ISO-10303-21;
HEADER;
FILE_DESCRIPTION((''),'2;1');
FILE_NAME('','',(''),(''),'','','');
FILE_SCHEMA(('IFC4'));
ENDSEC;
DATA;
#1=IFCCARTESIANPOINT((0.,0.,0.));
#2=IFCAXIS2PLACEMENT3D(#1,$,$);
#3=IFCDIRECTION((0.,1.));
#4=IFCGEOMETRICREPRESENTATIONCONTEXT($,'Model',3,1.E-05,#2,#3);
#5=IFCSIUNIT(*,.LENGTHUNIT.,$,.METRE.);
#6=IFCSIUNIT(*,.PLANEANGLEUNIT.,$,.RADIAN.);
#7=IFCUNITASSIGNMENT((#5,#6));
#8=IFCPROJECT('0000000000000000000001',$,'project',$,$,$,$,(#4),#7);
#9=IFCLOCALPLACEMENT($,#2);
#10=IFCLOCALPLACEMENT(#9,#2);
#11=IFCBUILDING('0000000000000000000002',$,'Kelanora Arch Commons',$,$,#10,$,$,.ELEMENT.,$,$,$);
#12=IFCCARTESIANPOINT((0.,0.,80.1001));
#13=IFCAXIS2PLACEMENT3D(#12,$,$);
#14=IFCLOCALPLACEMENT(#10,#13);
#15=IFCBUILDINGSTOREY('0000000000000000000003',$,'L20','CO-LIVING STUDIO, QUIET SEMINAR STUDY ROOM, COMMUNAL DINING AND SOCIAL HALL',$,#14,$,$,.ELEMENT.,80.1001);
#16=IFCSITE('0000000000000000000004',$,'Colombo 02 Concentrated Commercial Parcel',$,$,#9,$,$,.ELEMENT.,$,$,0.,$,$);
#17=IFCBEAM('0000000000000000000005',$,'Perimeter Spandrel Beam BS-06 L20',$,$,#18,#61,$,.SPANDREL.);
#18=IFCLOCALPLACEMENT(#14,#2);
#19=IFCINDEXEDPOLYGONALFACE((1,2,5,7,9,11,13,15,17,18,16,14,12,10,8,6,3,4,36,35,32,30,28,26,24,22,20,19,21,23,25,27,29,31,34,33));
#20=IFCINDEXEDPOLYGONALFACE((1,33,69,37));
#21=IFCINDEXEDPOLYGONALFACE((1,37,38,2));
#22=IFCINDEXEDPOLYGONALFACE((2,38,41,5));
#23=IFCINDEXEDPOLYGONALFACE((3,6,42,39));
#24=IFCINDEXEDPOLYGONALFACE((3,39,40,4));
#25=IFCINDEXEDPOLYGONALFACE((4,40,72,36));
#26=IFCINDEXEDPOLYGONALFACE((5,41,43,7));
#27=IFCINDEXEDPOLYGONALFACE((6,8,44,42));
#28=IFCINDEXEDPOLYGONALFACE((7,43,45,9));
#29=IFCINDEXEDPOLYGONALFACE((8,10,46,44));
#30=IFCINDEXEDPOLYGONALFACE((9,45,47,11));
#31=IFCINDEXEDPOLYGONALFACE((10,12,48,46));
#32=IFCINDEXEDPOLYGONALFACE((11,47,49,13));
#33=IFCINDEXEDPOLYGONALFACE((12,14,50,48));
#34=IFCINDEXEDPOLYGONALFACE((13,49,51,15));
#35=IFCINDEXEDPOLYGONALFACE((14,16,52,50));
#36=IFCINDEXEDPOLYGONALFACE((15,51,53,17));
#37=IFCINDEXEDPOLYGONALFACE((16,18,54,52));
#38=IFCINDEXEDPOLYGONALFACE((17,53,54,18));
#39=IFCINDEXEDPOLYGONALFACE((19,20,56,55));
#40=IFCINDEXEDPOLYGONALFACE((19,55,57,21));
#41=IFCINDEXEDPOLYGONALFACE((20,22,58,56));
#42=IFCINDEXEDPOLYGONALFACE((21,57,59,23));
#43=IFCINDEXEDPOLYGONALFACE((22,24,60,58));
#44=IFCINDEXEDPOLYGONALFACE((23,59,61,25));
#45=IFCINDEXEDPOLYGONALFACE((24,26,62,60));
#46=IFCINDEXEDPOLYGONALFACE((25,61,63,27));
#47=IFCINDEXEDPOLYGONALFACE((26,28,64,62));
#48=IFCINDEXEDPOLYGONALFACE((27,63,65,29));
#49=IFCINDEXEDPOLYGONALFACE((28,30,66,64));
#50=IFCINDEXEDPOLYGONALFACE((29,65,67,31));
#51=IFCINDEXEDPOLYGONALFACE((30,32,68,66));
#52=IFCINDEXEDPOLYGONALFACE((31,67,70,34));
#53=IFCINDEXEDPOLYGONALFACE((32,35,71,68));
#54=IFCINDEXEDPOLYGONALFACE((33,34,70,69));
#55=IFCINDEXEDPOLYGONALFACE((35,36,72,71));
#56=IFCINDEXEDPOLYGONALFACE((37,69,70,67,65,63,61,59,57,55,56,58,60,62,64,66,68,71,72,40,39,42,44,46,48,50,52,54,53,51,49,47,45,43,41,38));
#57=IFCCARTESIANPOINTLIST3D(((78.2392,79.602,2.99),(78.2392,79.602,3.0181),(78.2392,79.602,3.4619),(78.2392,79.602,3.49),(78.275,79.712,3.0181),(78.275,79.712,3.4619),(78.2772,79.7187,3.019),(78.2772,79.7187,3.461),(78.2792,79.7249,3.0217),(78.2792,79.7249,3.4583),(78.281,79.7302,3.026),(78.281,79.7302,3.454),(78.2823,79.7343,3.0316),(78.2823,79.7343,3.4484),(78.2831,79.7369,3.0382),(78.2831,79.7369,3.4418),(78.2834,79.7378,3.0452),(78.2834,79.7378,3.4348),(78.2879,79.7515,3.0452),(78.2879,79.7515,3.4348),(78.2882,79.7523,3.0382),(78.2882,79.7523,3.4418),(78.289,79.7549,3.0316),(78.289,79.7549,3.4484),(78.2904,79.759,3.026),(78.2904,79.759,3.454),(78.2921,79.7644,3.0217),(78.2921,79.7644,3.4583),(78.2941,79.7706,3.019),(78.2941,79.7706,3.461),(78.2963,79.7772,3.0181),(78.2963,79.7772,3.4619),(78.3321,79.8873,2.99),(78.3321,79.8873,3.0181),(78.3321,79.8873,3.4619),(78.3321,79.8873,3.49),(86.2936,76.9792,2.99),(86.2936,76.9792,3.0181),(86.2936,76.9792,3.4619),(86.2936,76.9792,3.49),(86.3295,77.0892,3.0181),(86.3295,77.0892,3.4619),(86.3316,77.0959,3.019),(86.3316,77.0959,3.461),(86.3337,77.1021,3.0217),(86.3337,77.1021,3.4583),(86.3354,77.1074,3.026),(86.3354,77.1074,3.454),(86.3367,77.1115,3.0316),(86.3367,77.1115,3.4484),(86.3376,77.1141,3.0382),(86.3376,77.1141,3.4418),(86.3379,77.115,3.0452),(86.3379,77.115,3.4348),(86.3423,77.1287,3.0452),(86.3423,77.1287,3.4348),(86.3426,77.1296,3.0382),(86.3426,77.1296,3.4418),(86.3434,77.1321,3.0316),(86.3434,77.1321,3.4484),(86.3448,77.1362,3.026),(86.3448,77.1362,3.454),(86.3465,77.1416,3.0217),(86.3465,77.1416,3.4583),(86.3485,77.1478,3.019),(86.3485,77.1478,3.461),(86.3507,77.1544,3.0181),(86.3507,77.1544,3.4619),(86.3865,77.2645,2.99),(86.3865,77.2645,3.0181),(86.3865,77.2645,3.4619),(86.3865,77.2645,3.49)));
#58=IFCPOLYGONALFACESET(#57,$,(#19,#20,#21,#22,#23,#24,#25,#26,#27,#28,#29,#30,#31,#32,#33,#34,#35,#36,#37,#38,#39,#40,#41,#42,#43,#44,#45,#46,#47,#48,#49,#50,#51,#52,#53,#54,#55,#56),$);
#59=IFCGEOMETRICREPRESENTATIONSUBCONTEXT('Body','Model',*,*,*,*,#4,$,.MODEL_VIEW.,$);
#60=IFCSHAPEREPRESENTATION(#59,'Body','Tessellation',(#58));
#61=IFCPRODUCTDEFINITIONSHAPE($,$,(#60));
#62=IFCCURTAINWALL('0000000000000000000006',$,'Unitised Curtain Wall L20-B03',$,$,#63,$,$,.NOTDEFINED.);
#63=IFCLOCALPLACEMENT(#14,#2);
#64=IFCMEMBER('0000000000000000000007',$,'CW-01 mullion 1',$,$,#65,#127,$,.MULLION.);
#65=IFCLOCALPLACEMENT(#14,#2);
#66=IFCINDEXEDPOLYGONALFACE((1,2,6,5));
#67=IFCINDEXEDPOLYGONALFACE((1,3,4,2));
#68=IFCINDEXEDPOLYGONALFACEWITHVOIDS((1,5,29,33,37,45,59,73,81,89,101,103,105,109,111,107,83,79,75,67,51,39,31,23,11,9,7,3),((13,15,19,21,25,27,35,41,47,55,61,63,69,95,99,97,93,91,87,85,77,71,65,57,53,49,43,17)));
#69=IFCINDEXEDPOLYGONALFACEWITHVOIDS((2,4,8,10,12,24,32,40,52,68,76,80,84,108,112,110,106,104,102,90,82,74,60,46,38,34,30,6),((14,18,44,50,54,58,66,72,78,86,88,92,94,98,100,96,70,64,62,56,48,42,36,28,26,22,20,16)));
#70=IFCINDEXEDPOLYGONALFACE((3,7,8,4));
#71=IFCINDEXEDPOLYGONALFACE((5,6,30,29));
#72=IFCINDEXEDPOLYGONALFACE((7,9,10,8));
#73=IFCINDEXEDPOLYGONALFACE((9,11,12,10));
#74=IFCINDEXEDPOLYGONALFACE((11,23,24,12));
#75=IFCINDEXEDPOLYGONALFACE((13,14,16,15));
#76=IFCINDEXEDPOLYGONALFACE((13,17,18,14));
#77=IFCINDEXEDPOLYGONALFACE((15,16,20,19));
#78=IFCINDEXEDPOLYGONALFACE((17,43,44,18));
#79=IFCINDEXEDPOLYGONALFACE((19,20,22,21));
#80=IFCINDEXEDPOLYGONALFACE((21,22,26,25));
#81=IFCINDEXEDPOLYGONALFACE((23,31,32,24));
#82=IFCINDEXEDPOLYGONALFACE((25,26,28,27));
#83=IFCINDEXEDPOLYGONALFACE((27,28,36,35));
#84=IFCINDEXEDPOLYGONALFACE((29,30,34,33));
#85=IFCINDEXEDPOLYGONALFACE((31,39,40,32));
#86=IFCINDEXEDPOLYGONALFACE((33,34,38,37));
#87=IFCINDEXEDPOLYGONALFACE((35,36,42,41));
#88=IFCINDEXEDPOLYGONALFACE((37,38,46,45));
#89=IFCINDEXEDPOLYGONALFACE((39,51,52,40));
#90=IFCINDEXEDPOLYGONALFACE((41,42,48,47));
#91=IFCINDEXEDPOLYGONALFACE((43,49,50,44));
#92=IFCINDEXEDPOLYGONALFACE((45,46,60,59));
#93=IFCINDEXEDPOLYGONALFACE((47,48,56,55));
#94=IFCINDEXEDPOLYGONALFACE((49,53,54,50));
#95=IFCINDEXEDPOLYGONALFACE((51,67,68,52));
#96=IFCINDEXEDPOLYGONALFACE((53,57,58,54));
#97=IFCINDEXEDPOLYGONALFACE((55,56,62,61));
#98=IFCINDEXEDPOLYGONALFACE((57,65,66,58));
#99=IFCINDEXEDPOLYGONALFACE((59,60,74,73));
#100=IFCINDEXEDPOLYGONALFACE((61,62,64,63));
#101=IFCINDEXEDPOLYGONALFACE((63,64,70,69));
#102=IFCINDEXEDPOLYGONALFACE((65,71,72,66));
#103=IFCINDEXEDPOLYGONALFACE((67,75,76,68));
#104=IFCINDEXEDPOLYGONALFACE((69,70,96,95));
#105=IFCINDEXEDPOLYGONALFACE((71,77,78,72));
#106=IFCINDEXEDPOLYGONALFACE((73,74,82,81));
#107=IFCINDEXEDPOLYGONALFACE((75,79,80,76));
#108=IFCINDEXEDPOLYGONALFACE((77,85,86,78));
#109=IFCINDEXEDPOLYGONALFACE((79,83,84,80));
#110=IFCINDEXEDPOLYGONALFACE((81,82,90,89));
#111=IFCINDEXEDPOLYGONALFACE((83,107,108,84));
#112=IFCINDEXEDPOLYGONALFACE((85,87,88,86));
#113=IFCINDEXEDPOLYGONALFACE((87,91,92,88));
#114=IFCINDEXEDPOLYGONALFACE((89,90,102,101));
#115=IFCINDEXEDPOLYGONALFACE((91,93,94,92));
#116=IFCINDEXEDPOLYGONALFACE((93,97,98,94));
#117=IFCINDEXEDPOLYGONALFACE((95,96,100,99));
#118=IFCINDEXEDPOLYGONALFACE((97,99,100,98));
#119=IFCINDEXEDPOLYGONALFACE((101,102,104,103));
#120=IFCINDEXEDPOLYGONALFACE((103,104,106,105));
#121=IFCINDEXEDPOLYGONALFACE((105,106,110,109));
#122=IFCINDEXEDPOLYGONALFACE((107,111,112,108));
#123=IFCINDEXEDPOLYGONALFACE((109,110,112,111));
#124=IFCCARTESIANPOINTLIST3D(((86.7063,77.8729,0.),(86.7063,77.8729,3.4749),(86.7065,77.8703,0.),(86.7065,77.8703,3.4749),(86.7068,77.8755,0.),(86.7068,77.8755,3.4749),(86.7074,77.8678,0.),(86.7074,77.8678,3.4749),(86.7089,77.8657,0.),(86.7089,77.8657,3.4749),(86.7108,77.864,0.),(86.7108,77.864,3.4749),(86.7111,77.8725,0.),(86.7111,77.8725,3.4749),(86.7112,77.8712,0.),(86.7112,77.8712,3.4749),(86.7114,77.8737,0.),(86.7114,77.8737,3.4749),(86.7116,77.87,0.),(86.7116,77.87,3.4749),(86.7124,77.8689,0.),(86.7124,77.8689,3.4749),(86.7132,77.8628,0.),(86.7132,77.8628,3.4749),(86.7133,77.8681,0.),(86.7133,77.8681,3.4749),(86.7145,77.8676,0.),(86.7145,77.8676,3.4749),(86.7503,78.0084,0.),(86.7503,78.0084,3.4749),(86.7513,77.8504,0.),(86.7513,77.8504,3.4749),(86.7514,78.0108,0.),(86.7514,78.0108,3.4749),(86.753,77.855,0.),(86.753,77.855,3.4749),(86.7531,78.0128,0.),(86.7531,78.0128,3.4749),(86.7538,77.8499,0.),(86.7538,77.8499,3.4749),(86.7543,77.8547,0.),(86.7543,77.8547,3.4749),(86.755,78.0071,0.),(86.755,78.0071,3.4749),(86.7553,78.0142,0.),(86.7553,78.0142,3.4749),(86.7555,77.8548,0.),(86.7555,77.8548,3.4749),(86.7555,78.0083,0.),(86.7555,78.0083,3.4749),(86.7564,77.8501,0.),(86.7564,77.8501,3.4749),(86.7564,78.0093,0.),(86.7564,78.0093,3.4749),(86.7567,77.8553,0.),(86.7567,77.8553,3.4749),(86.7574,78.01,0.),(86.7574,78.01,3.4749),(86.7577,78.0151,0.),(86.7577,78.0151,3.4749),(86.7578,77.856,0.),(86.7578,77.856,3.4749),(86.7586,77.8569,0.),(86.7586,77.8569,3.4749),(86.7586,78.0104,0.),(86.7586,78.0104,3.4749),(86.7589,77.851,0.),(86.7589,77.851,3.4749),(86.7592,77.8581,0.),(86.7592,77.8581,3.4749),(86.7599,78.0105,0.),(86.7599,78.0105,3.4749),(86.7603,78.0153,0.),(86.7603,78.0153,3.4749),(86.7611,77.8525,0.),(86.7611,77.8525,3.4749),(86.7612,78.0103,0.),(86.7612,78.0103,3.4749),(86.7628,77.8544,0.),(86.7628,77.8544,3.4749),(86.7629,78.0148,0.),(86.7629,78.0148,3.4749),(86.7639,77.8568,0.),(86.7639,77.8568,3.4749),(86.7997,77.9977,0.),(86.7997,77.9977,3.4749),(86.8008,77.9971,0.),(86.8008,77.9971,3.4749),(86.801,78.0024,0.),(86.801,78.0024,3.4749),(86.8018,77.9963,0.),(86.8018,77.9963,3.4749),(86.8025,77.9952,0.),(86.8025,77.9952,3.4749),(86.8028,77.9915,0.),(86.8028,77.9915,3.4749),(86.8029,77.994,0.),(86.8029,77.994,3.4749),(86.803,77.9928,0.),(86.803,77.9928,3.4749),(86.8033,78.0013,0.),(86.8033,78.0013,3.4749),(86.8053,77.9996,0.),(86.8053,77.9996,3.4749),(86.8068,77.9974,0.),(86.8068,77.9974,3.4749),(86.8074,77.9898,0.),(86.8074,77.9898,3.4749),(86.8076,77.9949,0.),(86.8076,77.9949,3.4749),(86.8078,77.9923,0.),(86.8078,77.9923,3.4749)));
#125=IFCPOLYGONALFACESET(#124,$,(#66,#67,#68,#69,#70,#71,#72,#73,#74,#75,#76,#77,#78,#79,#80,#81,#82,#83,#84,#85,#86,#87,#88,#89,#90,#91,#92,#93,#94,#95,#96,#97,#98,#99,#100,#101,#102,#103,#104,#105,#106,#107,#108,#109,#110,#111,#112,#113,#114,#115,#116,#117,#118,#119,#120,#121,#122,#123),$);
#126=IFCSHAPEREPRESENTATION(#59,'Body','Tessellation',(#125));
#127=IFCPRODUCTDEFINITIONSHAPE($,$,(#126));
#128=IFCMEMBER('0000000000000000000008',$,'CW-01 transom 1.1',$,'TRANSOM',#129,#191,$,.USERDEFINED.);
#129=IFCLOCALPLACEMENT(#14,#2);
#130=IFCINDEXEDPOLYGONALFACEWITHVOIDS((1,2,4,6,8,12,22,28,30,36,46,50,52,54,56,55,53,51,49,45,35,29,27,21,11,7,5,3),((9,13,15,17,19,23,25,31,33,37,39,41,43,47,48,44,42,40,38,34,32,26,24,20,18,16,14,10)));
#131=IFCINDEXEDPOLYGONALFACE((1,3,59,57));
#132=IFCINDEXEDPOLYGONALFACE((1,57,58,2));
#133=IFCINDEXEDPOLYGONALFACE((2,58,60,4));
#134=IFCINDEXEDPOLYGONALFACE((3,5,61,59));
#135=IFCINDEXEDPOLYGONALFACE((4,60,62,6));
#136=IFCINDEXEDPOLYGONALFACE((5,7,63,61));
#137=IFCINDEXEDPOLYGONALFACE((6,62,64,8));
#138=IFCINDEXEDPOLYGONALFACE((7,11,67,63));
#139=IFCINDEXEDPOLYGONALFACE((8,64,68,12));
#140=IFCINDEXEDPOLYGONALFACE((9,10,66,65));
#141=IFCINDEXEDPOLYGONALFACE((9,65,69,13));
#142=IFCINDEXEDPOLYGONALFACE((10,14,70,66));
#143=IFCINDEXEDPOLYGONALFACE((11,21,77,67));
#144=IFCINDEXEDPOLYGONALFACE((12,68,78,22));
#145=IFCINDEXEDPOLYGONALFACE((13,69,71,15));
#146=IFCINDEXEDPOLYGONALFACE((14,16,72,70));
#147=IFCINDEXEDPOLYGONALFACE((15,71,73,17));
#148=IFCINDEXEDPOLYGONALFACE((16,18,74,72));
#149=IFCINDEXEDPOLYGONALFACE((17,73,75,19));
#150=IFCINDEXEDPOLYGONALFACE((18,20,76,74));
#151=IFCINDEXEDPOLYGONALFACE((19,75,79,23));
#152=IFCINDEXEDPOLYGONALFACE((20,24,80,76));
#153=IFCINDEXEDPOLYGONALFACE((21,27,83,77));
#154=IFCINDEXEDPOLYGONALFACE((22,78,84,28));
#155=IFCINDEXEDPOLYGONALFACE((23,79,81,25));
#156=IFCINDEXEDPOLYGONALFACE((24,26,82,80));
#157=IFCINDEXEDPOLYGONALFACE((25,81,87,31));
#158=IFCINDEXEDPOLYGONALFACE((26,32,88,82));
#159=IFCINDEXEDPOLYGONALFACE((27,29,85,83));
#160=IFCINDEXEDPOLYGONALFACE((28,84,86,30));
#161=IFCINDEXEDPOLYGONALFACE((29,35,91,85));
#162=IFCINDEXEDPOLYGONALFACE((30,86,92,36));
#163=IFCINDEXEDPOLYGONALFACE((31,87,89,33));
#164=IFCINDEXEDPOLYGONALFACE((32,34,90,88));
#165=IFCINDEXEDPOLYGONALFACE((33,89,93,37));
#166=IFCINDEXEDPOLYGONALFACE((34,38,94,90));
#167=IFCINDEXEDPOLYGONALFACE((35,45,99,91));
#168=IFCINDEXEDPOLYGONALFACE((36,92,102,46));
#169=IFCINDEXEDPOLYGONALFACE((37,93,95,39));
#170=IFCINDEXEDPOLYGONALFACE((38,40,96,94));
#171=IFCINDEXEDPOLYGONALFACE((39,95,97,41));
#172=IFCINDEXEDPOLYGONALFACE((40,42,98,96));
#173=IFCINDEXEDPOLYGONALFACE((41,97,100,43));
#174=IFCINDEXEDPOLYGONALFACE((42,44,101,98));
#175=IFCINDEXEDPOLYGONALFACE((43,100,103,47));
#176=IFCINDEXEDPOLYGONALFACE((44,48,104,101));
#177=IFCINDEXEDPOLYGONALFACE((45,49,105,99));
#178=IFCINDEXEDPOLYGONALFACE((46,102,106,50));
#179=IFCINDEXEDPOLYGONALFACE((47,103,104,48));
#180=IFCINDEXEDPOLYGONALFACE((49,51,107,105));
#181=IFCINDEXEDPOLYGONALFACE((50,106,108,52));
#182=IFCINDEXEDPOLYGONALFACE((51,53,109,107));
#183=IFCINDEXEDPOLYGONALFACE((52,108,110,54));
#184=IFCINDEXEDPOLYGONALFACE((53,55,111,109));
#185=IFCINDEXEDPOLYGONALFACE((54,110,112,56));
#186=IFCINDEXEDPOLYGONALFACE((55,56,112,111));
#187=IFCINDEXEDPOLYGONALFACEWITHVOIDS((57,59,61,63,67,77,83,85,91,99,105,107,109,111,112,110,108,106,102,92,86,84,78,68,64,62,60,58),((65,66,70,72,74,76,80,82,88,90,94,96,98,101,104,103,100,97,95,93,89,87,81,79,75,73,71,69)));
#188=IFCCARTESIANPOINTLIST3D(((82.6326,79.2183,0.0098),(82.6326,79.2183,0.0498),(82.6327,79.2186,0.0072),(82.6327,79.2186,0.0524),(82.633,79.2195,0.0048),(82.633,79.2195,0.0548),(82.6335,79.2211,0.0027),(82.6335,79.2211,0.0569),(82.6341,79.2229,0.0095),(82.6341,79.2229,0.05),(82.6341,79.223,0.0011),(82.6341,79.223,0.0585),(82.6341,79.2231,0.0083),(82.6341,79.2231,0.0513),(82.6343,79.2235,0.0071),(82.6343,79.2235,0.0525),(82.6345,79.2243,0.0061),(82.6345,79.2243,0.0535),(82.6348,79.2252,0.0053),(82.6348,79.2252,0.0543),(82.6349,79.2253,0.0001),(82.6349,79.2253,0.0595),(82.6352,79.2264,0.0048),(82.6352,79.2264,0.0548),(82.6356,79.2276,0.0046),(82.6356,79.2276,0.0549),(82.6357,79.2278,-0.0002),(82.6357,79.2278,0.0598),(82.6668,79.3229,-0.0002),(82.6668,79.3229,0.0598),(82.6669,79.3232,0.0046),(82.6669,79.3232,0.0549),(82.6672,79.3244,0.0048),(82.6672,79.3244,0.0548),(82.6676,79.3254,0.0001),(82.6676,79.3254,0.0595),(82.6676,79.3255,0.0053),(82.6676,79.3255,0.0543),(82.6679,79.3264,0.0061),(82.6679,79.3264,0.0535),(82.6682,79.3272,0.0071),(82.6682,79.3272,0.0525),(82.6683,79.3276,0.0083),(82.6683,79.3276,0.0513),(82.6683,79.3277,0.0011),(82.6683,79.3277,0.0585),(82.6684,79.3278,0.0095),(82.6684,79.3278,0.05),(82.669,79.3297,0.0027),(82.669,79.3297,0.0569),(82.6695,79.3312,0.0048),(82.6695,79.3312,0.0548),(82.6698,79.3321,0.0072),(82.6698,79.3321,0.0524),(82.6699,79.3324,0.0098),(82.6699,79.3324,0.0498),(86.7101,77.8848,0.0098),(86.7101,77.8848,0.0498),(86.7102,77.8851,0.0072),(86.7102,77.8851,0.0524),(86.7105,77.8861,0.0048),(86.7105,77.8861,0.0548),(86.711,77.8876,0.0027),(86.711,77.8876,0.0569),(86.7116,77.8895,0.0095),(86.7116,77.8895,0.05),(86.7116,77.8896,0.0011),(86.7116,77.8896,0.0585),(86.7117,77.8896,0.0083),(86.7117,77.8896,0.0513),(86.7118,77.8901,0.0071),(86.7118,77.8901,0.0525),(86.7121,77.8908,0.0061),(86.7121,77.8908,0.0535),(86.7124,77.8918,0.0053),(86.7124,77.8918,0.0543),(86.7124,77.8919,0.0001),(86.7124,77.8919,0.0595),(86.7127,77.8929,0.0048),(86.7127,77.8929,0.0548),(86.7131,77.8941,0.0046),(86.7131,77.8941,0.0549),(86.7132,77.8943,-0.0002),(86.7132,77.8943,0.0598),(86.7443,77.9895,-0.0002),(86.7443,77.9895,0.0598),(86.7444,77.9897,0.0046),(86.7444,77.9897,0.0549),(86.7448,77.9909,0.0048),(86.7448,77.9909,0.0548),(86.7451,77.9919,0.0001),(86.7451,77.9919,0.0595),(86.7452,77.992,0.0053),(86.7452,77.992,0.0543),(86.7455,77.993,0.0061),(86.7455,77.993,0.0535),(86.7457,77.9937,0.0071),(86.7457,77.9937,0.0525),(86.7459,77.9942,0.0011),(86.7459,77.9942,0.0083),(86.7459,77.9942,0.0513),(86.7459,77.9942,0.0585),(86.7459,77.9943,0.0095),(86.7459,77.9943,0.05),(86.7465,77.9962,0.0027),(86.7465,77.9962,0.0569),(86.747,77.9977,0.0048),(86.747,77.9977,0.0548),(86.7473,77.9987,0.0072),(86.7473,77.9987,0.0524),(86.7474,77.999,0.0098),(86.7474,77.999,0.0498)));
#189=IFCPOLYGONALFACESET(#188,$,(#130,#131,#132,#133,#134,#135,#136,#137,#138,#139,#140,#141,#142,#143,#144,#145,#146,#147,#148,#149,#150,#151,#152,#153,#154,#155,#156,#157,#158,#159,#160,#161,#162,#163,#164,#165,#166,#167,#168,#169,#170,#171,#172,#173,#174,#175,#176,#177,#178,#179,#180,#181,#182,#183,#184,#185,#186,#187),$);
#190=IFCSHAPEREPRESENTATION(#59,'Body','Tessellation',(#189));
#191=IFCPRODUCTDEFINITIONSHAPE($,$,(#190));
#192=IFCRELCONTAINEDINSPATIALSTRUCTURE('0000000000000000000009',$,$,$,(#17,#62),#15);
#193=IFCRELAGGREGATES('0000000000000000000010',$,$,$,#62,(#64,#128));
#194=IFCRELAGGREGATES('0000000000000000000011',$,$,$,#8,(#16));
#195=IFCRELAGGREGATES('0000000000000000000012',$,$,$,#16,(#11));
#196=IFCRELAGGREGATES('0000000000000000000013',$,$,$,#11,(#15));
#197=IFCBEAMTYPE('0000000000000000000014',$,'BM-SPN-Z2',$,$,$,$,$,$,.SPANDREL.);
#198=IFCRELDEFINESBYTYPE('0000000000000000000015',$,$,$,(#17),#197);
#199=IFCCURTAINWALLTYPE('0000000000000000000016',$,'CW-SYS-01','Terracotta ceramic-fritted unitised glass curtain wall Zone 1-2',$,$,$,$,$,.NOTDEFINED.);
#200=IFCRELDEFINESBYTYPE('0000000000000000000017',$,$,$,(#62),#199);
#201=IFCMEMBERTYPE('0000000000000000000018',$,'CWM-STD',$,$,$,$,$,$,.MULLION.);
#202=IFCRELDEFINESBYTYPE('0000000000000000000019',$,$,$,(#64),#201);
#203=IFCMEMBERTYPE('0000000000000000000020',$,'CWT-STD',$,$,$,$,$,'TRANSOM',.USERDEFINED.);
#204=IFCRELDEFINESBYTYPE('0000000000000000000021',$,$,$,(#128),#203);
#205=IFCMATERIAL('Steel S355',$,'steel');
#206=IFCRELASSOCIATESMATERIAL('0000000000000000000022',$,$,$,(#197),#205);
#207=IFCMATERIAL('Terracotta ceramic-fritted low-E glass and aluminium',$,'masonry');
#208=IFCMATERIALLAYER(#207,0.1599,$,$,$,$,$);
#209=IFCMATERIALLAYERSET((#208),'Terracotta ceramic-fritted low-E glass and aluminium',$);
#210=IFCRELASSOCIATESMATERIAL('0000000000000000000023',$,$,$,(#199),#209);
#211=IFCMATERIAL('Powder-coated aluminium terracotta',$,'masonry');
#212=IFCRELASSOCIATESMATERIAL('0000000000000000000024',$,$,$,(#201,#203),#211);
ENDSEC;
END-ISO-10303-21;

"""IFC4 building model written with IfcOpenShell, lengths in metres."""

from ifc_helpers import new_model, si_unit, direction, frame, origin, origin_2d, place, context, subcontext, project, spatial, hollow_rectangle, i_section, extrude, material, layer, layer_set, material_profile, profile_set, type_object, element, aggregate, save


model = new_model("IFC4")

# Units and contexts
model_context = context("Model", 3, precision=1e-05, world=origin(), true_north=direction((0.0, 1.0)))
body_context = subcontext(model_context, "Body", "Model", "MODEL_VIEW")
ifc_project = project(units=[si_unit("LENGTHUNIT", "METRE"), si_unit("PLANEANGLEUNIT", "RADIAN")], contexts=[model_context])

# Site, building, storey
site_placement = place(None, origin())
site = spatial("IfcSite", under=ifc_project, at=site_placement, Name="Colombo 02 Concentrated Commercial Parcel", CompositionType="ELEMENT", RefElevation=0.0)
building_placement = place(site_placement, origin())
building = spatial("IfcBuilding", under=site, at=building_placement, Name="Kelanora Arch Commons", CompositionType="ELEMENT")
storey_placement = place(building_placement, frame((0.0, 0.0, 80.1001)))
storey = spatial("IfcBuildingStorey", under=building, at=storey_placement, Name="L20", Description="CO-LIVING STUDIO, QUIET SEMINAR STUDY ROOM, COMMUNAL DINING AND SOCIAL HALL", CompositionType="ELEMENT", Elevation=80.1001)

# Beam
ifc_material_1 = material(Name="Steel S355", Category="steel")
ifc_material_profile_1 = material_profile(ifc_material_1, i_section(OverallWidth=0.3, OverallDepth=0.5, WebThickness=0.0144, FlangeThickness=0.0281, FilletRadius=0.0271, at=origin_2d()), Name="HEB500")
ifc_profile_set_1 = profile_set([ifc_material_profile_1], Name="Steel S355")
beam_type_1 = type_object("IfcBeamType", Name="BM-SPN-Z2", PredefinedType="SPANDREL", material=ifc_profile_set_1)
beam_1_placement = place(storey_placement, frame((86.3401, 77.1218, 3.24), z_axis=(-0.950857, 0.309631, 0.0), x_axis=(-0.309631, -0.950857, 0.0)))
element("IfcBeam", 1, at=beam_1_placement, inside=storey, type_object=beam_type_1, Name="Perimeter Spandrel Beam BS-06 L20", PredefinedType="SPANDREL", context=body_context, shape_type="SweptSolid", body=[
    extrude(i_section(OverallWidth=0.3, OverallDepth=0.5, WebThickness=0.0144, FlangeThickness=0.0281, FilletRadius=0.0271, at=origin_2d()), origin(), (0.0, 0.0, 1.0), 8.4707),
])

# Curtain wall, members
ifc_material_2 = material(Name="Terracotta ceramic-fritted low-E glass and aluminium", Category="masonry")
ifc_layer_1 = layer(ifc_material_2, 0.1599)
ifc_layer_set_1 = layer_set([ifc_layer_1], Name="Terracotta ceramic-fritted low-E glass and aluminium")
curtain_wall_type = type_object("IfcCurtainWallType", Name="CW-SYS-01", Description="Terracotta ceramic-fritted unitised glass curtain wall Zone 1-2", PredefinedType="NOTDEFINED", material=ifc_layer_set_1)
curtain_wall_placement = place(storey_placement, origin())
curtain_wall = element("IfcCurtainWall", 2, at=curtain_wall_placement, inside=storey, type_object=curtain_wall_type, Name="Unitised Curtain Wall L20-B03", PredefinedType="NOTDEFINED")
ifc_material_3 = material(Name="Powder-coated aluminium terracotta", Category="masonry")
ifc_material_profile_2 = material_profile(ifc_material_3, hollow_rectangle(XDim=0.1599, YDim=0.0601, WallThickness=0.0049, InnerFilletRadius=0.0049, OuterFilletRadius=0.01, at=origin_2d()), Name="CWM160x60")
ifc_profile_set_2 = profile_set([ifc_material_profile_2], Name="Powder-coated aluminium terracotta")
member_type_1 = type_object("IfcMemberType", Name="CWM-STD", PredefinedType="MULLION", material=ifc_profile_set_2)
member_1_placement = place(storey_placement, frame((86.7571, 77.9326, 0.0), z_axis=(0.0, 0.0, 1.0), x_axis=(-0.310805, -0.950474, 0.0)))
member_1 = element("IfcMember", 3, at=member_1_placement, type_object=member_type_1, Name="CW-01 mullion 1", PredefinedType="MULLION", context=body_context, shape_type="SweptSolid", body=[
    extrude(hollow_rectangle(XDim=0.1599, YDim=0.0601, WallThickness=0.0049, InnerFilletRadius=0.0049, OuterFilletRadius=0.01, at=origin_2d()), origin(), (0.0, 0.0, 1.0), 3.4749),
])
ifc_material_profile_3 = material_profile(ifc_material_3, hollow_rectangle(XDim=0.1201, YDim=0.0601, WallThickness=0.0049, InnerFilletRadius=0.0049, OuterFilletRadius=0.01, at=origin_2d()), Name="CWT120x60")
ifc_profile_set_3 = profile_set([ifc_material_profile_3], Name="Powder-coated aluminium terracotta")
member_type_2 = type_object("IfcMemberType", Name="CWT-STD", ElementType="TRANSOM", PredefinedType="USERDEFINED", material=ifc_profile_set_3)
member_2_placement = place(storey_placement, frame((86.7288, 77.9419, 0.0298), z_axis=(-0.950466, 0.310828, 0.0), x_axis=(-0.310828, -0.950466, 0.0)))
member_2 = element("IfcMember", 4, at=member_2_placement, type_object=member_type_2, Name="CW-01 transom 1.1", ObjectType="TRANSOM", PredefinedType="USERDEFINED", context=body_context, shape_type="SweptSolid", body=[
    extrude(hollow_rectangle(XDim=0.1201, YDim=0.0601, WallThickness=0.0049, InnerFilletRadius=0.0049, OuterFilletRadius=0.01, at=origin_2d()), origin(), (0.0, 0.0, 1.0), 4.29),
])
aggregate(curtain_wall, [member_1, member_2])

save(model, "model.ifc")
